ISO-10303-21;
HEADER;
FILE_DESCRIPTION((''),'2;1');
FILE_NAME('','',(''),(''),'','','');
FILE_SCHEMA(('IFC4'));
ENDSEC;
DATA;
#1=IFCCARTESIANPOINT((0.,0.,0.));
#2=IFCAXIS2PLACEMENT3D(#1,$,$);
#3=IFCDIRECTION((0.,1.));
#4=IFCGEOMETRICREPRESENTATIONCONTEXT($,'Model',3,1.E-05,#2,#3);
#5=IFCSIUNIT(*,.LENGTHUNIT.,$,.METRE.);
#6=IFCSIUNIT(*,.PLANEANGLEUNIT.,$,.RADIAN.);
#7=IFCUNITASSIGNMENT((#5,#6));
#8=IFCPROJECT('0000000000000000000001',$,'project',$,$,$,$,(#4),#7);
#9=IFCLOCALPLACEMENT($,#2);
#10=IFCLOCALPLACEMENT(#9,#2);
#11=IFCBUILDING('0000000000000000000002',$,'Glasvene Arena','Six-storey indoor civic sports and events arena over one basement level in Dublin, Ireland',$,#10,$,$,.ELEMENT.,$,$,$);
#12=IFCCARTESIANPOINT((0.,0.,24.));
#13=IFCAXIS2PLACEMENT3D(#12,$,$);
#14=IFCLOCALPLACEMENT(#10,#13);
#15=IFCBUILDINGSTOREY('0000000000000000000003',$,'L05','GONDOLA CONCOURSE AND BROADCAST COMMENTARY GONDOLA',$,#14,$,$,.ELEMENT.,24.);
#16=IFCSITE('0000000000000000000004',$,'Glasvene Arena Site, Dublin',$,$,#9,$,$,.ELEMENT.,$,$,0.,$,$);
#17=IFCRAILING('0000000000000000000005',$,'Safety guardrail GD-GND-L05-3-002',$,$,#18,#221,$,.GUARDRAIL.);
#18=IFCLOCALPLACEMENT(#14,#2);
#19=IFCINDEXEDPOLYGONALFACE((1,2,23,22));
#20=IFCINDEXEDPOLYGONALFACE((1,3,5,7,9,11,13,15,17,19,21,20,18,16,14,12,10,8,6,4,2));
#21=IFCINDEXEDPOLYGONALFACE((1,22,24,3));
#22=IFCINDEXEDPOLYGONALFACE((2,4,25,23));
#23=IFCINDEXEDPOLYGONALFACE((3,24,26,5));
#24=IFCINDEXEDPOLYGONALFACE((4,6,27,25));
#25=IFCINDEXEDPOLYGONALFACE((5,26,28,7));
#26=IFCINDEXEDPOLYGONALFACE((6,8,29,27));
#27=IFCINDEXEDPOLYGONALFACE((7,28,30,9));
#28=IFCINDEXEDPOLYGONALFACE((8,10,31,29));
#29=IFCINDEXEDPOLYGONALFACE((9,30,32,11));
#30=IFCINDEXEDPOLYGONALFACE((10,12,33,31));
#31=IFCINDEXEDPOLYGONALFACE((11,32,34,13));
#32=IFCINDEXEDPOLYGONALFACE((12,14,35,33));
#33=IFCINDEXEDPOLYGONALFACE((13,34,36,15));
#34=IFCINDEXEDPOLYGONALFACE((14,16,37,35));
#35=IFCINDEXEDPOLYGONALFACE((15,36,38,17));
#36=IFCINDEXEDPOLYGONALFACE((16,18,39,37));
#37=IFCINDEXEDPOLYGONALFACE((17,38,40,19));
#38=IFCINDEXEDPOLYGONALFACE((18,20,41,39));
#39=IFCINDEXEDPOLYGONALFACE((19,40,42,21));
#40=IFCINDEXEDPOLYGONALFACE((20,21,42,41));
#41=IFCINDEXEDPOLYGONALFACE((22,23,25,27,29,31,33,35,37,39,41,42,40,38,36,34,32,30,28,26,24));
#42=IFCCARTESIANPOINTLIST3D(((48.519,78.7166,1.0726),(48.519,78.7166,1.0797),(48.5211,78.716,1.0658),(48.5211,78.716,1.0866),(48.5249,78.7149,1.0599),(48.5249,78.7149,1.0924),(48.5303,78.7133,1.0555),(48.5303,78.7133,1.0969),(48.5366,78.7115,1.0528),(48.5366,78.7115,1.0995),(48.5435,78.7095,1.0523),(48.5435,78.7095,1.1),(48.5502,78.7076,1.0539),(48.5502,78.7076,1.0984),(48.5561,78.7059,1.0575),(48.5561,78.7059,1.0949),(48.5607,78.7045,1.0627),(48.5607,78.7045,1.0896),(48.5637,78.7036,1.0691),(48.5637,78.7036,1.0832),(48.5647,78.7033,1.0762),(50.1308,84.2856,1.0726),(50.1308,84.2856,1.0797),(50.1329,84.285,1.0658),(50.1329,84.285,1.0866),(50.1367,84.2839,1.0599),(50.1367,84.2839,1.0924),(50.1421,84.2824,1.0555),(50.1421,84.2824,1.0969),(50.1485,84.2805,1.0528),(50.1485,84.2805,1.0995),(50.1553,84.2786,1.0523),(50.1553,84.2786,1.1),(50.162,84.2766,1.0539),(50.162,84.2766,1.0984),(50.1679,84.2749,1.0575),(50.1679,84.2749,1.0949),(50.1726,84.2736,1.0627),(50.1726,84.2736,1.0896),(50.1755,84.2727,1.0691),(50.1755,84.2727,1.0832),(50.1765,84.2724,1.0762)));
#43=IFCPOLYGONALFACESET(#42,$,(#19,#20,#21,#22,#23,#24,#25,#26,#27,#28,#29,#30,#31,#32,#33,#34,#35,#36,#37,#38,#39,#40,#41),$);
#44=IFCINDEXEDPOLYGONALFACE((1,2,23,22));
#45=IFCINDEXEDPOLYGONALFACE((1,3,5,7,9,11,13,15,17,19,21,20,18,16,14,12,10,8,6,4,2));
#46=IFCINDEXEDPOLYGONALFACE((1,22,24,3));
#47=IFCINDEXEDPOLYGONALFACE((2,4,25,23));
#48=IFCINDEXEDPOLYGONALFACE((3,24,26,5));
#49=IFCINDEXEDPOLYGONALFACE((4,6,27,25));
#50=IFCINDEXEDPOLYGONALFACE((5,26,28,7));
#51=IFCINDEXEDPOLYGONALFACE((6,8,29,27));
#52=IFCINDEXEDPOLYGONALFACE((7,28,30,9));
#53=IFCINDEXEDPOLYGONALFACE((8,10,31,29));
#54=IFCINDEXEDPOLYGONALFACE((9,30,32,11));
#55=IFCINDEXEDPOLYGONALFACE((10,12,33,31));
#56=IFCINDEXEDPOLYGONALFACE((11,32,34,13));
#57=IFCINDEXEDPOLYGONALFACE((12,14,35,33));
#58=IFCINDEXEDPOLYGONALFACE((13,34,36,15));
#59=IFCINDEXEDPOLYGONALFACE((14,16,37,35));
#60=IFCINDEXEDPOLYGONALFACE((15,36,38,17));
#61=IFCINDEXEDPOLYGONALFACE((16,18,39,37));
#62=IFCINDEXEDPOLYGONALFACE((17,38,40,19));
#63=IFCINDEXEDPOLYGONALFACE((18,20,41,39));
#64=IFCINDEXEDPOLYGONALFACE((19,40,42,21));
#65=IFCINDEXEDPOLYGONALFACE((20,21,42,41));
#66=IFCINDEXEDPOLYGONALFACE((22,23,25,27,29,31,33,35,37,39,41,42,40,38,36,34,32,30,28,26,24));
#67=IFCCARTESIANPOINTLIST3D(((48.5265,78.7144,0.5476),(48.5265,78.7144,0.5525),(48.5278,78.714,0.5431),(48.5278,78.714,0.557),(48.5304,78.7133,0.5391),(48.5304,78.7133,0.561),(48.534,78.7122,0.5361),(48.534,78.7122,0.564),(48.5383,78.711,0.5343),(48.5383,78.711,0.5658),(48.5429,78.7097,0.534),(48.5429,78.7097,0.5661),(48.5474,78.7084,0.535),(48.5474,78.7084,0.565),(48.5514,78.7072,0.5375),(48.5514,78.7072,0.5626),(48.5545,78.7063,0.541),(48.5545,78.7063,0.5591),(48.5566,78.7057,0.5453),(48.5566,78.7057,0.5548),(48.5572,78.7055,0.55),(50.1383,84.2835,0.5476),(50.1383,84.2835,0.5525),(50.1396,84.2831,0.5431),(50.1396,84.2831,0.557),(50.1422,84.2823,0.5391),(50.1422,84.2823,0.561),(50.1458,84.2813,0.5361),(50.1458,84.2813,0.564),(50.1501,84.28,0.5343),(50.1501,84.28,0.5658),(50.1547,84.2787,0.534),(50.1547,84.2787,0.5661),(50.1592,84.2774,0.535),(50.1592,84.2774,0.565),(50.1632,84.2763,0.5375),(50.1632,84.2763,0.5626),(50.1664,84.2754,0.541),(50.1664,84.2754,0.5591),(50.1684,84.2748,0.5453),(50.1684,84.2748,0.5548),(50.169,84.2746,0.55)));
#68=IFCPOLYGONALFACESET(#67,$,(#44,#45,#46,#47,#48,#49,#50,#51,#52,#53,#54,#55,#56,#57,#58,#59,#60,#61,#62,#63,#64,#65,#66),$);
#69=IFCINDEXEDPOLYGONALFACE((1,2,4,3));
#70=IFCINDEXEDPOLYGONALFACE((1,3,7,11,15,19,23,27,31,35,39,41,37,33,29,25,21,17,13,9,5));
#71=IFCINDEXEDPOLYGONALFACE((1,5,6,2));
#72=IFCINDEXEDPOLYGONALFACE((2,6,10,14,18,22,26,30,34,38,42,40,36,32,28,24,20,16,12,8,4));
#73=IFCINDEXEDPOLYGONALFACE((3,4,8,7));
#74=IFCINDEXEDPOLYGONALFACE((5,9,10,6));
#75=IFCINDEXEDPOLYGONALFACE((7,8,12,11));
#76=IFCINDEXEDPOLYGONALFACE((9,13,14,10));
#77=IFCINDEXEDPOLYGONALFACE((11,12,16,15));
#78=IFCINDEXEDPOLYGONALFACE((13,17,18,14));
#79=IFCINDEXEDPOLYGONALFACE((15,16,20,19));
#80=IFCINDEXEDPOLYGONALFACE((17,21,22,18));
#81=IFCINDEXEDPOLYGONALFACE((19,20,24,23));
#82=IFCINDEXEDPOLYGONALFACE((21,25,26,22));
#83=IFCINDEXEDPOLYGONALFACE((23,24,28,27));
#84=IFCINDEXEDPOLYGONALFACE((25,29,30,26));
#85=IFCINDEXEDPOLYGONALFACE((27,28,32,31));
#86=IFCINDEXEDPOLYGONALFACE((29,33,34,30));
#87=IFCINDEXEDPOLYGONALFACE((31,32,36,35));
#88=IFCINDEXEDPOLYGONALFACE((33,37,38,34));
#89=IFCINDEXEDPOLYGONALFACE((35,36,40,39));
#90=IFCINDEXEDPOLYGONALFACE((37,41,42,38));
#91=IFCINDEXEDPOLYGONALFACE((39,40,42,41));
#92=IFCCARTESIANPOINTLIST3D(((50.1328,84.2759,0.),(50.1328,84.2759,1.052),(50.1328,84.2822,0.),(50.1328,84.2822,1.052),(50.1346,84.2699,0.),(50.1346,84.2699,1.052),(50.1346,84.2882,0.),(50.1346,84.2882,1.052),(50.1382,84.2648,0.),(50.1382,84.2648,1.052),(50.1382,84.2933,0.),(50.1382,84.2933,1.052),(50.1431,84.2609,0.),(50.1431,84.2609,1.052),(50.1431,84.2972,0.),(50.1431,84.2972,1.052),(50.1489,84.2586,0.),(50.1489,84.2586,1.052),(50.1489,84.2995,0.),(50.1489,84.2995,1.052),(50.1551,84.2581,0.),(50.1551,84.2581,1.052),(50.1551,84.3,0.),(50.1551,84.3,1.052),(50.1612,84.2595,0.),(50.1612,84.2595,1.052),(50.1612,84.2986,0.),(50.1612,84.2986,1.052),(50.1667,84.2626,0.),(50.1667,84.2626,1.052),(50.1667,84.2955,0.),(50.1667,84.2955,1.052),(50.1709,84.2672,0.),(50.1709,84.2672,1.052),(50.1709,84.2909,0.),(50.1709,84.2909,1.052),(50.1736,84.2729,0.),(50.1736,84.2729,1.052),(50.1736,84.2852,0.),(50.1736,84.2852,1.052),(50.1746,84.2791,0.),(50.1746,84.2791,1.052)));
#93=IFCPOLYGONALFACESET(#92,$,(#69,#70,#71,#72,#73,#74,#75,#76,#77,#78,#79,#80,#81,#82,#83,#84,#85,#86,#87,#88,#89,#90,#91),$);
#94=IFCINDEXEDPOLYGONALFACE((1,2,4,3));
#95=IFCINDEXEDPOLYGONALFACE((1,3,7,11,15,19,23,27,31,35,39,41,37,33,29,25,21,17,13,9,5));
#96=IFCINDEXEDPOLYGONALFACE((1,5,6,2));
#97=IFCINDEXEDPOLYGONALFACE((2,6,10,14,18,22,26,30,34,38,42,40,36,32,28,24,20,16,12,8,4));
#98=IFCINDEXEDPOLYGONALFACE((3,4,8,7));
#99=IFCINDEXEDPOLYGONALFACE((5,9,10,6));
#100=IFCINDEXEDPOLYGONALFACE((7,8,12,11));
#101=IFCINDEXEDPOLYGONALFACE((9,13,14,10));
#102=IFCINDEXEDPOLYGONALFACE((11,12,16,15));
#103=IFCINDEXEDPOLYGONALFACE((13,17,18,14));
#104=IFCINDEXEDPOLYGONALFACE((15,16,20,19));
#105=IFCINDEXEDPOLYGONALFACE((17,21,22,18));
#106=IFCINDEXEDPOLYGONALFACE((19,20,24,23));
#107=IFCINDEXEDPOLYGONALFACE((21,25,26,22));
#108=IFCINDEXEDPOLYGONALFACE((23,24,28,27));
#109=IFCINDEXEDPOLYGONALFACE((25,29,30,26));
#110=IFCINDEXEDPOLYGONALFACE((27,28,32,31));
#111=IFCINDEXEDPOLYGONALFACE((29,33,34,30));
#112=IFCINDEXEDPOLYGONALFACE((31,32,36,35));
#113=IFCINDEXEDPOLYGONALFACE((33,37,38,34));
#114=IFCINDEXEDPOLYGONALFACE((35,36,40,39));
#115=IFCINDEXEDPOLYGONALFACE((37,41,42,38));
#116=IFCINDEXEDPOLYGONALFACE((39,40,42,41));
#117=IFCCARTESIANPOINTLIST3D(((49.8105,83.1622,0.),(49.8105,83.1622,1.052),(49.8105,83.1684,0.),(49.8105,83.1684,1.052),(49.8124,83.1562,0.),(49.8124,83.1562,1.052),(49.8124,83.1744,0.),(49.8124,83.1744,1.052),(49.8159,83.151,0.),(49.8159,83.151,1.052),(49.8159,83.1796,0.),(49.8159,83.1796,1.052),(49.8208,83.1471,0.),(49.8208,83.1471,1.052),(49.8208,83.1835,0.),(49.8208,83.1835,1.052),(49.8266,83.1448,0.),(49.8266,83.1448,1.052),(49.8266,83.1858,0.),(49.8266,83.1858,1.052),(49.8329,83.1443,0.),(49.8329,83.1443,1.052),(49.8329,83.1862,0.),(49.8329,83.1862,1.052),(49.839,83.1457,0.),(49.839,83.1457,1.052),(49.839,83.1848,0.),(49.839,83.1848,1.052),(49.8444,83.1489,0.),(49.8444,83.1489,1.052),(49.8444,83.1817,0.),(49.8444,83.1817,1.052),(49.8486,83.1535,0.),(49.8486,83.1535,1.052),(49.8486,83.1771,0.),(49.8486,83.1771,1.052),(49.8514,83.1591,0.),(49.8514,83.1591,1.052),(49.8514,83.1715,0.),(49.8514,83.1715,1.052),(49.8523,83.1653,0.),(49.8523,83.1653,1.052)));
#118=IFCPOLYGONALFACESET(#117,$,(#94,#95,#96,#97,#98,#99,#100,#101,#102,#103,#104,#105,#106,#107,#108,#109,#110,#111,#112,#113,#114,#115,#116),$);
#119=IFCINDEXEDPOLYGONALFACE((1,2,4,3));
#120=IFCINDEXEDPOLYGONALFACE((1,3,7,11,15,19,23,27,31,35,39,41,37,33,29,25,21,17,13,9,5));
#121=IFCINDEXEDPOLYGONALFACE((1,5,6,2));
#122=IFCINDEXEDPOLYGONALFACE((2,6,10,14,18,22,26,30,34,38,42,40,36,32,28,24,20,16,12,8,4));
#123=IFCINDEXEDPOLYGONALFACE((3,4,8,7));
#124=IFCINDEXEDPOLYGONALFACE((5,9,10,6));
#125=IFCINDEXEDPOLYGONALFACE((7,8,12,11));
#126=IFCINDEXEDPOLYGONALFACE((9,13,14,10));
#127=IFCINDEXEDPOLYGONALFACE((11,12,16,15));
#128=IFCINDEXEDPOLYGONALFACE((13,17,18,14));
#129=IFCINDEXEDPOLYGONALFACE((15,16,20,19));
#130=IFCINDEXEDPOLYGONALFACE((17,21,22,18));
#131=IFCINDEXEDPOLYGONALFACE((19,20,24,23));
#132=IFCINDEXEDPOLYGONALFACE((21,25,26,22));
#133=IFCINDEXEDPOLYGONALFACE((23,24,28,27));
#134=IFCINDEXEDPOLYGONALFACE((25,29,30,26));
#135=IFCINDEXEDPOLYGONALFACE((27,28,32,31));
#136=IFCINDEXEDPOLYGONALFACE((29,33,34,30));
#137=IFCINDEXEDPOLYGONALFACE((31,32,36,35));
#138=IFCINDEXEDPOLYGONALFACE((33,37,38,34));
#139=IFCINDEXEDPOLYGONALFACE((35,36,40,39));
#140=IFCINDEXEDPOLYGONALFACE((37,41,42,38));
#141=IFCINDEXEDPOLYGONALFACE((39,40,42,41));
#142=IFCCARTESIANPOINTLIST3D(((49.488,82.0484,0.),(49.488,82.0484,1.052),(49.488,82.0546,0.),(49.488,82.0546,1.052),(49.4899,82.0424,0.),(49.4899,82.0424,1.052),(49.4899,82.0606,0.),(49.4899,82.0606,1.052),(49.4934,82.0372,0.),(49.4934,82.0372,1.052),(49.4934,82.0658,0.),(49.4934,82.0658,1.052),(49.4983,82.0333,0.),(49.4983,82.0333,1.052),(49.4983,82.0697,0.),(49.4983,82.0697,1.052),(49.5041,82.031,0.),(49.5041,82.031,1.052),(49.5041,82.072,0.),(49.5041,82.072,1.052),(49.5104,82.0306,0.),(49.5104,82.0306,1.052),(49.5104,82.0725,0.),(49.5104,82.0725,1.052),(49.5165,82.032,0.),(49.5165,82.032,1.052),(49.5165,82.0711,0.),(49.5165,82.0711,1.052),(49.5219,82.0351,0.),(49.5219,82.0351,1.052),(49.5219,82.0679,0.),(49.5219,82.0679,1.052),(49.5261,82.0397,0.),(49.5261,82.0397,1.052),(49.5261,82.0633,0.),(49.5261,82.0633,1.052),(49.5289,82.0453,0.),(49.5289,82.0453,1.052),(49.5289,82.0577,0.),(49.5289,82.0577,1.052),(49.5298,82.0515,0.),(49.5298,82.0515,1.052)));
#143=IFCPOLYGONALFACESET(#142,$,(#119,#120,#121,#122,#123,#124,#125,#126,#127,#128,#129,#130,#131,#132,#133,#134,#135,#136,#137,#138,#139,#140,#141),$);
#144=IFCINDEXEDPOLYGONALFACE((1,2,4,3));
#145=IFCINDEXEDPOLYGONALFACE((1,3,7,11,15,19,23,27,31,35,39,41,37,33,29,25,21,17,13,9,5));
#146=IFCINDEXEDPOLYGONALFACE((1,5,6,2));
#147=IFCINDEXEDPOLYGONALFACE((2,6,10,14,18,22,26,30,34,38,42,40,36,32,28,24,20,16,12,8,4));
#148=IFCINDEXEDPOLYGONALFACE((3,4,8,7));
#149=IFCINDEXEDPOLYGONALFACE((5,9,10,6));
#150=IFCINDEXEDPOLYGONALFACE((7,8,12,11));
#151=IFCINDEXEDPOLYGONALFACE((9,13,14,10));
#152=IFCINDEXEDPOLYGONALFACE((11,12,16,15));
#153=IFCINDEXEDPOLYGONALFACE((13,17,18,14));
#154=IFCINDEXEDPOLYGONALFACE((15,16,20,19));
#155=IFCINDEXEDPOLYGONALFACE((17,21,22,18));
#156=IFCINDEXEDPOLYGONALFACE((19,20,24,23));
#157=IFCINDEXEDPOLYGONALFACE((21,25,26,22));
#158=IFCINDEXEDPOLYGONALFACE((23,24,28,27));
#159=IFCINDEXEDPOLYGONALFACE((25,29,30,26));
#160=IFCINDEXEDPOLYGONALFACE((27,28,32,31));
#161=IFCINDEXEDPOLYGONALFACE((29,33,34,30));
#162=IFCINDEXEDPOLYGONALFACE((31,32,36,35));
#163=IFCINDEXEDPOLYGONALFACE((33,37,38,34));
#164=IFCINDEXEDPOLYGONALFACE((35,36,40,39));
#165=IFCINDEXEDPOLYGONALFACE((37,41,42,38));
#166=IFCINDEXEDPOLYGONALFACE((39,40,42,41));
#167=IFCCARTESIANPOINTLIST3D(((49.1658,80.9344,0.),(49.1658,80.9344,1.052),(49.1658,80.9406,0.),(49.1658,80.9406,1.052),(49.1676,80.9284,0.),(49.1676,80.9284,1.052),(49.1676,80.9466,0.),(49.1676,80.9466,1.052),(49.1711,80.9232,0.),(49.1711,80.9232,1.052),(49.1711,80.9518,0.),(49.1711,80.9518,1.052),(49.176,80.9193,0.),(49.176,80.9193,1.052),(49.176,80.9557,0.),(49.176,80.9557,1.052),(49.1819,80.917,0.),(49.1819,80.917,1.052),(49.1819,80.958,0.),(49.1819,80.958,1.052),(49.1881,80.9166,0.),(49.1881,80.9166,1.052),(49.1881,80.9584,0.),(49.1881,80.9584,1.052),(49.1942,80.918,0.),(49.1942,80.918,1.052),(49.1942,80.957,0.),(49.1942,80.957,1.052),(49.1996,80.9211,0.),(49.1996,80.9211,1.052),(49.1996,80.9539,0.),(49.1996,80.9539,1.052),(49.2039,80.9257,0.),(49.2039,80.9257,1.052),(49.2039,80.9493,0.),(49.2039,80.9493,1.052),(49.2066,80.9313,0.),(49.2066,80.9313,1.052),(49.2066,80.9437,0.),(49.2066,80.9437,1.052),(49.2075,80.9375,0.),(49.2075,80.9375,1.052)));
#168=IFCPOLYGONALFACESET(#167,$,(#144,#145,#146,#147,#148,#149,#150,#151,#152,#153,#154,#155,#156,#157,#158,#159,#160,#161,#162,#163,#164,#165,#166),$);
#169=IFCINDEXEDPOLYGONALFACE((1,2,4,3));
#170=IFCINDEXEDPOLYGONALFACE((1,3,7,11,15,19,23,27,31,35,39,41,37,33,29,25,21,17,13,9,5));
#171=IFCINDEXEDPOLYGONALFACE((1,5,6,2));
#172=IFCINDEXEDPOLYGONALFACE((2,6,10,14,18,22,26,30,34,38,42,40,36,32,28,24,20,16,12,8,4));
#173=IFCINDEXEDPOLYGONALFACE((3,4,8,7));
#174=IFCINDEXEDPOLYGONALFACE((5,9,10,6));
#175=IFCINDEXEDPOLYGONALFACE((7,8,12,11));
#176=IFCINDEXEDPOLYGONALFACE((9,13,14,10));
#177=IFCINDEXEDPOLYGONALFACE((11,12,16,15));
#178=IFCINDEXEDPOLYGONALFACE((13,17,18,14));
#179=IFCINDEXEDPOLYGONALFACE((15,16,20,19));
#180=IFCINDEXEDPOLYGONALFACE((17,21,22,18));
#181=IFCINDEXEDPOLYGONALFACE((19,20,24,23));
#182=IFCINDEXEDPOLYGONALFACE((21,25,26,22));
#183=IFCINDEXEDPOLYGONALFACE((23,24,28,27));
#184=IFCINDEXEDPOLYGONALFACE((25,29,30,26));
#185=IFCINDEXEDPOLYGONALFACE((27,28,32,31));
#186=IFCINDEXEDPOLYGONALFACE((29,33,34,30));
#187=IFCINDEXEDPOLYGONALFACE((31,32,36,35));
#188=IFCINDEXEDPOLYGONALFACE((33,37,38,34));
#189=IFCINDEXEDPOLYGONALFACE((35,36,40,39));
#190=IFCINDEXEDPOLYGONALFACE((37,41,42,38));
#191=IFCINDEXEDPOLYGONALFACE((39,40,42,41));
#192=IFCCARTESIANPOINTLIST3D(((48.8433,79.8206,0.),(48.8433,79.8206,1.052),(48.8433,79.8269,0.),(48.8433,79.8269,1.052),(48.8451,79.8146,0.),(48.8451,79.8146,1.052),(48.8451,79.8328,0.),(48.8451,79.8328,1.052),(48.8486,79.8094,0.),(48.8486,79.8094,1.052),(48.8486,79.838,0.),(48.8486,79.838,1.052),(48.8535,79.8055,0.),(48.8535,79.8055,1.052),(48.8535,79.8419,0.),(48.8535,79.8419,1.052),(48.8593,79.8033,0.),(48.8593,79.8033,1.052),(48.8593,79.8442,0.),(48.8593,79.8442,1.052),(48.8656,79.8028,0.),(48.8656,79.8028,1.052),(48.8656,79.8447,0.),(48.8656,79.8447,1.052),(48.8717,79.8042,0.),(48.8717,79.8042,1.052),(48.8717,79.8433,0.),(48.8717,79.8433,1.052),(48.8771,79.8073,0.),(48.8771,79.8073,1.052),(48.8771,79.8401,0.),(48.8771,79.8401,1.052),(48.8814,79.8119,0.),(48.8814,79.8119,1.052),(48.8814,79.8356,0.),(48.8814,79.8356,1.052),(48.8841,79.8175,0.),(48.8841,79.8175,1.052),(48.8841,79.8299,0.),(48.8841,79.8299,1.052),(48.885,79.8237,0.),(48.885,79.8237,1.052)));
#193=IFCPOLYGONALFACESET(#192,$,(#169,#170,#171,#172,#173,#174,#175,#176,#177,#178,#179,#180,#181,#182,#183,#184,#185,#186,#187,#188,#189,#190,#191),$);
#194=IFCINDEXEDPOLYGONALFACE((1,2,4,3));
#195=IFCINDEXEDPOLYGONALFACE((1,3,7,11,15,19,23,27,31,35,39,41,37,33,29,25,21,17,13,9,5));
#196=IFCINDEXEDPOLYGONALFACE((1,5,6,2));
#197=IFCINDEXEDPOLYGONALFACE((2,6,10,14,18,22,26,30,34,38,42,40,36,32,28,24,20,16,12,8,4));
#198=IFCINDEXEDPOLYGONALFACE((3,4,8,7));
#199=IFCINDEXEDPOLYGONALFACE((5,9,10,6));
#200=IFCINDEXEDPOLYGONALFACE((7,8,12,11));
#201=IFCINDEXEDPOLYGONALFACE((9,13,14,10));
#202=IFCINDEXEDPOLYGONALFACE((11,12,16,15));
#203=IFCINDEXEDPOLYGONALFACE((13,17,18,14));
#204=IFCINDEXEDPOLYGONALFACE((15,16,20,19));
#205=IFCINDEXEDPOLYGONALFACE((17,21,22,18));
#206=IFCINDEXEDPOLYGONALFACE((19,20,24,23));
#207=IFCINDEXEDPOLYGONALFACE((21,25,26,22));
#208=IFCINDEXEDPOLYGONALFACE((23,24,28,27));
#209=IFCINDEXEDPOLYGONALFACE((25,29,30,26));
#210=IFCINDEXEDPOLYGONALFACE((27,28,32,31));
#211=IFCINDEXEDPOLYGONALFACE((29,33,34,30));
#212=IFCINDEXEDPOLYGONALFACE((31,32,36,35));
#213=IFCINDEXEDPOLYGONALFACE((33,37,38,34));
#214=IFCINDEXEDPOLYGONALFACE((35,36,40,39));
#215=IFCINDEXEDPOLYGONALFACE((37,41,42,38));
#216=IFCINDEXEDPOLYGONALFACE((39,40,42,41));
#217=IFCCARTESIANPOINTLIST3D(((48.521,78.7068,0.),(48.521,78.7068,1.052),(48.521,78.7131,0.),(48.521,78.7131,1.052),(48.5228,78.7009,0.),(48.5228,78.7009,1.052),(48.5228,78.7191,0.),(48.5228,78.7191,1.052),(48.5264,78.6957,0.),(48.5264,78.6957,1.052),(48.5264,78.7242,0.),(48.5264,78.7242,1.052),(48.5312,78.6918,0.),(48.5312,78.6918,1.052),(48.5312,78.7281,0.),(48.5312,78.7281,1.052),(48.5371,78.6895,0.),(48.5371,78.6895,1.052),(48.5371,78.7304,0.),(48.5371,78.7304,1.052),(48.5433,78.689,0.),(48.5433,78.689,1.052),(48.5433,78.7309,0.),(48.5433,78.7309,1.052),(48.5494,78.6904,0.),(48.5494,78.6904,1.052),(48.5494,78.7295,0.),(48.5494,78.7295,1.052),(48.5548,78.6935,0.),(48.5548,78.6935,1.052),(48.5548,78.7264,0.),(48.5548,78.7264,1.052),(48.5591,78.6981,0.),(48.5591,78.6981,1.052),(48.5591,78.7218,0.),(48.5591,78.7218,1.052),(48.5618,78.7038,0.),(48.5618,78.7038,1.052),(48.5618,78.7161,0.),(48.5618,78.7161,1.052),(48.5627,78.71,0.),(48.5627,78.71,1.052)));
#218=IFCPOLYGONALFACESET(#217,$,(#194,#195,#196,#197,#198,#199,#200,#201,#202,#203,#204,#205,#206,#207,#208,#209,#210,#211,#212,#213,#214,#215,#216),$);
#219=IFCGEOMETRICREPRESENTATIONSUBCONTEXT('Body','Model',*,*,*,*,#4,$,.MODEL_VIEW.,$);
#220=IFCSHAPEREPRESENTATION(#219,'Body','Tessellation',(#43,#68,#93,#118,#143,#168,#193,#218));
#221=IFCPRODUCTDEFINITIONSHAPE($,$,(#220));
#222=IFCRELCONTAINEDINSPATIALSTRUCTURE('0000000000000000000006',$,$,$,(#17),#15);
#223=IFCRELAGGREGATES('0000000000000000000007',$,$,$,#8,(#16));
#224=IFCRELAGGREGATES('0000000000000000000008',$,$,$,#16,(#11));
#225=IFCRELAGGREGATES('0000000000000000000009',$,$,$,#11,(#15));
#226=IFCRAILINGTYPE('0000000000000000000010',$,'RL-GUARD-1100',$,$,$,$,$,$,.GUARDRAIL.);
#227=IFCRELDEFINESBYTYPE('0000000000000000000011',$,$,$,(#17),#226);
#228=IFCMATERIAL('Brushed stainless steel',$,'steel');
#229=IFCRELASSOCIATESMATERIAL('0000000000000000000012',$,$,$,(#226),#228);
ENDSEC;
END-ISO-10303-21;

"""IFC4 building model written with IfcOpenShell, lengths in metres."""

from ifc_helpers import new_model, si_unit, direction, frame, origin, origin_2d, place, context, subcontext, project, spatial, circle, extrude, material, type_object, element, save


model = new_model("IFC4")

# Units and contexts
model_context = context("Model", 3, precision=1e-05, world=origin(), true_north=direction((0.0, 1.0)))
body_context = subcontext(model_context, "Body", "Model", "MODEL_VIEW")
ifc_project = project(units=[si_unit("LENGTHUNIT", "METRE"), si_unit("PLANEANGLEUNIT", "RADIAN")], contexts=[model_context])

# Site, building, storey
site_placement = place(None, origin())
site = spatial("IfcSite", under=ifc_project, at=site_placement, Name="Glasvene Arena Site, Dublin", CompositionType="ELEMENT", RefElevation=0.0)
building_placement = place(site_placement, origin())
building = spatial("IfcBuilding", under=site, at=building_placement, Name="Glasvene Arena", Description="Six-storey indoor civic sports and events arena over one basement level in Dublin, Ireland", CompositionType="ELEMENT")
storey_placement = place(building_placement, frame((0.0, 0.0, 24.0)))
storey = spatial("IfcBuildingStorey", under=building, at=storey_placement, Name="L05", Description="GONDOLA CONCOURSE AND BROADCAST COMMENTARY GONDOLA", CompositionType="ELEMENT", Elevation=24.0)

# Railing
ifc_material_1 = material(Name="Brushed stainless steel", Category="steel")
railing_type_1 = type_object("IfcRailingType", Name="RL-GUARD-1100", PredefinedType="GUARDRAIL", material=ifc_material_1)
railing_1_placement = place(storey_placement, frame((50.1536, 84.2791, 0.0)))
element("IfcRailing", 1, at=railing_1_placement, inside=storey, type_object=railing_type_1, Name="Safety guardrail GD-GND-L05-3-002", PredefinedType="GUARDRAIL", context=body_context, shape_type="SweptSolid", body=[
    extrude(circle(Radius=0.0239, at=origin_2d()), frame((0.0, 0.0, 1.0762), z_axis=(-0.278012, -0.960578, 0.0), x_axis=(0.960578, -0.278012, 0.0)), (0.0, 0.0, 1.0), 5.7976),
    extrude(circle(Radius=0.0161, at=origin_2d()), frame((0.0, 0.0, 0.55), z_axis=(-0.278012, -0.960578, 0.0), x_axis=(0.960578, -0.278012, 0.0)), (0.0, 0.0, 1.0), 5.7976),
    extrude(circle(Radius=0.021, at=origin_2d()), origin(), (0.0, 0.0, 1.0), 1.052),
    extrude(circle(Radius=0.021, at=origin_2d()), frame((-0.3223, -1.1138, 0.0)), (0.0, 0.0, 1.0), 1.052),
    extrude(circle(Radius=0.021, at=origin_2d()), frame((-0.6448, -2.2275, 0.0)), (0.0, 0.0, 1.0), 1.052),
    extrude(circle(Radius=0.021, at=origin_2d()), frame((-0.967, -3.3416, 0.0)), (0.0, 0.0, 1.0), 1.052),
    extrude(circle(Radius=0.021, at=origin_2d()), frame((-1.2896, -4.4553, 0.0)), (0.0, 0.0, 1.0), 1.052),
    extrude(circle(Radius=0.021, at=origin_2d()), frame((-1.6118, -5.5691, 0.0)), (0.0, 0.0, 1.0), 1.052),
])

save(model, "model.ifc")
